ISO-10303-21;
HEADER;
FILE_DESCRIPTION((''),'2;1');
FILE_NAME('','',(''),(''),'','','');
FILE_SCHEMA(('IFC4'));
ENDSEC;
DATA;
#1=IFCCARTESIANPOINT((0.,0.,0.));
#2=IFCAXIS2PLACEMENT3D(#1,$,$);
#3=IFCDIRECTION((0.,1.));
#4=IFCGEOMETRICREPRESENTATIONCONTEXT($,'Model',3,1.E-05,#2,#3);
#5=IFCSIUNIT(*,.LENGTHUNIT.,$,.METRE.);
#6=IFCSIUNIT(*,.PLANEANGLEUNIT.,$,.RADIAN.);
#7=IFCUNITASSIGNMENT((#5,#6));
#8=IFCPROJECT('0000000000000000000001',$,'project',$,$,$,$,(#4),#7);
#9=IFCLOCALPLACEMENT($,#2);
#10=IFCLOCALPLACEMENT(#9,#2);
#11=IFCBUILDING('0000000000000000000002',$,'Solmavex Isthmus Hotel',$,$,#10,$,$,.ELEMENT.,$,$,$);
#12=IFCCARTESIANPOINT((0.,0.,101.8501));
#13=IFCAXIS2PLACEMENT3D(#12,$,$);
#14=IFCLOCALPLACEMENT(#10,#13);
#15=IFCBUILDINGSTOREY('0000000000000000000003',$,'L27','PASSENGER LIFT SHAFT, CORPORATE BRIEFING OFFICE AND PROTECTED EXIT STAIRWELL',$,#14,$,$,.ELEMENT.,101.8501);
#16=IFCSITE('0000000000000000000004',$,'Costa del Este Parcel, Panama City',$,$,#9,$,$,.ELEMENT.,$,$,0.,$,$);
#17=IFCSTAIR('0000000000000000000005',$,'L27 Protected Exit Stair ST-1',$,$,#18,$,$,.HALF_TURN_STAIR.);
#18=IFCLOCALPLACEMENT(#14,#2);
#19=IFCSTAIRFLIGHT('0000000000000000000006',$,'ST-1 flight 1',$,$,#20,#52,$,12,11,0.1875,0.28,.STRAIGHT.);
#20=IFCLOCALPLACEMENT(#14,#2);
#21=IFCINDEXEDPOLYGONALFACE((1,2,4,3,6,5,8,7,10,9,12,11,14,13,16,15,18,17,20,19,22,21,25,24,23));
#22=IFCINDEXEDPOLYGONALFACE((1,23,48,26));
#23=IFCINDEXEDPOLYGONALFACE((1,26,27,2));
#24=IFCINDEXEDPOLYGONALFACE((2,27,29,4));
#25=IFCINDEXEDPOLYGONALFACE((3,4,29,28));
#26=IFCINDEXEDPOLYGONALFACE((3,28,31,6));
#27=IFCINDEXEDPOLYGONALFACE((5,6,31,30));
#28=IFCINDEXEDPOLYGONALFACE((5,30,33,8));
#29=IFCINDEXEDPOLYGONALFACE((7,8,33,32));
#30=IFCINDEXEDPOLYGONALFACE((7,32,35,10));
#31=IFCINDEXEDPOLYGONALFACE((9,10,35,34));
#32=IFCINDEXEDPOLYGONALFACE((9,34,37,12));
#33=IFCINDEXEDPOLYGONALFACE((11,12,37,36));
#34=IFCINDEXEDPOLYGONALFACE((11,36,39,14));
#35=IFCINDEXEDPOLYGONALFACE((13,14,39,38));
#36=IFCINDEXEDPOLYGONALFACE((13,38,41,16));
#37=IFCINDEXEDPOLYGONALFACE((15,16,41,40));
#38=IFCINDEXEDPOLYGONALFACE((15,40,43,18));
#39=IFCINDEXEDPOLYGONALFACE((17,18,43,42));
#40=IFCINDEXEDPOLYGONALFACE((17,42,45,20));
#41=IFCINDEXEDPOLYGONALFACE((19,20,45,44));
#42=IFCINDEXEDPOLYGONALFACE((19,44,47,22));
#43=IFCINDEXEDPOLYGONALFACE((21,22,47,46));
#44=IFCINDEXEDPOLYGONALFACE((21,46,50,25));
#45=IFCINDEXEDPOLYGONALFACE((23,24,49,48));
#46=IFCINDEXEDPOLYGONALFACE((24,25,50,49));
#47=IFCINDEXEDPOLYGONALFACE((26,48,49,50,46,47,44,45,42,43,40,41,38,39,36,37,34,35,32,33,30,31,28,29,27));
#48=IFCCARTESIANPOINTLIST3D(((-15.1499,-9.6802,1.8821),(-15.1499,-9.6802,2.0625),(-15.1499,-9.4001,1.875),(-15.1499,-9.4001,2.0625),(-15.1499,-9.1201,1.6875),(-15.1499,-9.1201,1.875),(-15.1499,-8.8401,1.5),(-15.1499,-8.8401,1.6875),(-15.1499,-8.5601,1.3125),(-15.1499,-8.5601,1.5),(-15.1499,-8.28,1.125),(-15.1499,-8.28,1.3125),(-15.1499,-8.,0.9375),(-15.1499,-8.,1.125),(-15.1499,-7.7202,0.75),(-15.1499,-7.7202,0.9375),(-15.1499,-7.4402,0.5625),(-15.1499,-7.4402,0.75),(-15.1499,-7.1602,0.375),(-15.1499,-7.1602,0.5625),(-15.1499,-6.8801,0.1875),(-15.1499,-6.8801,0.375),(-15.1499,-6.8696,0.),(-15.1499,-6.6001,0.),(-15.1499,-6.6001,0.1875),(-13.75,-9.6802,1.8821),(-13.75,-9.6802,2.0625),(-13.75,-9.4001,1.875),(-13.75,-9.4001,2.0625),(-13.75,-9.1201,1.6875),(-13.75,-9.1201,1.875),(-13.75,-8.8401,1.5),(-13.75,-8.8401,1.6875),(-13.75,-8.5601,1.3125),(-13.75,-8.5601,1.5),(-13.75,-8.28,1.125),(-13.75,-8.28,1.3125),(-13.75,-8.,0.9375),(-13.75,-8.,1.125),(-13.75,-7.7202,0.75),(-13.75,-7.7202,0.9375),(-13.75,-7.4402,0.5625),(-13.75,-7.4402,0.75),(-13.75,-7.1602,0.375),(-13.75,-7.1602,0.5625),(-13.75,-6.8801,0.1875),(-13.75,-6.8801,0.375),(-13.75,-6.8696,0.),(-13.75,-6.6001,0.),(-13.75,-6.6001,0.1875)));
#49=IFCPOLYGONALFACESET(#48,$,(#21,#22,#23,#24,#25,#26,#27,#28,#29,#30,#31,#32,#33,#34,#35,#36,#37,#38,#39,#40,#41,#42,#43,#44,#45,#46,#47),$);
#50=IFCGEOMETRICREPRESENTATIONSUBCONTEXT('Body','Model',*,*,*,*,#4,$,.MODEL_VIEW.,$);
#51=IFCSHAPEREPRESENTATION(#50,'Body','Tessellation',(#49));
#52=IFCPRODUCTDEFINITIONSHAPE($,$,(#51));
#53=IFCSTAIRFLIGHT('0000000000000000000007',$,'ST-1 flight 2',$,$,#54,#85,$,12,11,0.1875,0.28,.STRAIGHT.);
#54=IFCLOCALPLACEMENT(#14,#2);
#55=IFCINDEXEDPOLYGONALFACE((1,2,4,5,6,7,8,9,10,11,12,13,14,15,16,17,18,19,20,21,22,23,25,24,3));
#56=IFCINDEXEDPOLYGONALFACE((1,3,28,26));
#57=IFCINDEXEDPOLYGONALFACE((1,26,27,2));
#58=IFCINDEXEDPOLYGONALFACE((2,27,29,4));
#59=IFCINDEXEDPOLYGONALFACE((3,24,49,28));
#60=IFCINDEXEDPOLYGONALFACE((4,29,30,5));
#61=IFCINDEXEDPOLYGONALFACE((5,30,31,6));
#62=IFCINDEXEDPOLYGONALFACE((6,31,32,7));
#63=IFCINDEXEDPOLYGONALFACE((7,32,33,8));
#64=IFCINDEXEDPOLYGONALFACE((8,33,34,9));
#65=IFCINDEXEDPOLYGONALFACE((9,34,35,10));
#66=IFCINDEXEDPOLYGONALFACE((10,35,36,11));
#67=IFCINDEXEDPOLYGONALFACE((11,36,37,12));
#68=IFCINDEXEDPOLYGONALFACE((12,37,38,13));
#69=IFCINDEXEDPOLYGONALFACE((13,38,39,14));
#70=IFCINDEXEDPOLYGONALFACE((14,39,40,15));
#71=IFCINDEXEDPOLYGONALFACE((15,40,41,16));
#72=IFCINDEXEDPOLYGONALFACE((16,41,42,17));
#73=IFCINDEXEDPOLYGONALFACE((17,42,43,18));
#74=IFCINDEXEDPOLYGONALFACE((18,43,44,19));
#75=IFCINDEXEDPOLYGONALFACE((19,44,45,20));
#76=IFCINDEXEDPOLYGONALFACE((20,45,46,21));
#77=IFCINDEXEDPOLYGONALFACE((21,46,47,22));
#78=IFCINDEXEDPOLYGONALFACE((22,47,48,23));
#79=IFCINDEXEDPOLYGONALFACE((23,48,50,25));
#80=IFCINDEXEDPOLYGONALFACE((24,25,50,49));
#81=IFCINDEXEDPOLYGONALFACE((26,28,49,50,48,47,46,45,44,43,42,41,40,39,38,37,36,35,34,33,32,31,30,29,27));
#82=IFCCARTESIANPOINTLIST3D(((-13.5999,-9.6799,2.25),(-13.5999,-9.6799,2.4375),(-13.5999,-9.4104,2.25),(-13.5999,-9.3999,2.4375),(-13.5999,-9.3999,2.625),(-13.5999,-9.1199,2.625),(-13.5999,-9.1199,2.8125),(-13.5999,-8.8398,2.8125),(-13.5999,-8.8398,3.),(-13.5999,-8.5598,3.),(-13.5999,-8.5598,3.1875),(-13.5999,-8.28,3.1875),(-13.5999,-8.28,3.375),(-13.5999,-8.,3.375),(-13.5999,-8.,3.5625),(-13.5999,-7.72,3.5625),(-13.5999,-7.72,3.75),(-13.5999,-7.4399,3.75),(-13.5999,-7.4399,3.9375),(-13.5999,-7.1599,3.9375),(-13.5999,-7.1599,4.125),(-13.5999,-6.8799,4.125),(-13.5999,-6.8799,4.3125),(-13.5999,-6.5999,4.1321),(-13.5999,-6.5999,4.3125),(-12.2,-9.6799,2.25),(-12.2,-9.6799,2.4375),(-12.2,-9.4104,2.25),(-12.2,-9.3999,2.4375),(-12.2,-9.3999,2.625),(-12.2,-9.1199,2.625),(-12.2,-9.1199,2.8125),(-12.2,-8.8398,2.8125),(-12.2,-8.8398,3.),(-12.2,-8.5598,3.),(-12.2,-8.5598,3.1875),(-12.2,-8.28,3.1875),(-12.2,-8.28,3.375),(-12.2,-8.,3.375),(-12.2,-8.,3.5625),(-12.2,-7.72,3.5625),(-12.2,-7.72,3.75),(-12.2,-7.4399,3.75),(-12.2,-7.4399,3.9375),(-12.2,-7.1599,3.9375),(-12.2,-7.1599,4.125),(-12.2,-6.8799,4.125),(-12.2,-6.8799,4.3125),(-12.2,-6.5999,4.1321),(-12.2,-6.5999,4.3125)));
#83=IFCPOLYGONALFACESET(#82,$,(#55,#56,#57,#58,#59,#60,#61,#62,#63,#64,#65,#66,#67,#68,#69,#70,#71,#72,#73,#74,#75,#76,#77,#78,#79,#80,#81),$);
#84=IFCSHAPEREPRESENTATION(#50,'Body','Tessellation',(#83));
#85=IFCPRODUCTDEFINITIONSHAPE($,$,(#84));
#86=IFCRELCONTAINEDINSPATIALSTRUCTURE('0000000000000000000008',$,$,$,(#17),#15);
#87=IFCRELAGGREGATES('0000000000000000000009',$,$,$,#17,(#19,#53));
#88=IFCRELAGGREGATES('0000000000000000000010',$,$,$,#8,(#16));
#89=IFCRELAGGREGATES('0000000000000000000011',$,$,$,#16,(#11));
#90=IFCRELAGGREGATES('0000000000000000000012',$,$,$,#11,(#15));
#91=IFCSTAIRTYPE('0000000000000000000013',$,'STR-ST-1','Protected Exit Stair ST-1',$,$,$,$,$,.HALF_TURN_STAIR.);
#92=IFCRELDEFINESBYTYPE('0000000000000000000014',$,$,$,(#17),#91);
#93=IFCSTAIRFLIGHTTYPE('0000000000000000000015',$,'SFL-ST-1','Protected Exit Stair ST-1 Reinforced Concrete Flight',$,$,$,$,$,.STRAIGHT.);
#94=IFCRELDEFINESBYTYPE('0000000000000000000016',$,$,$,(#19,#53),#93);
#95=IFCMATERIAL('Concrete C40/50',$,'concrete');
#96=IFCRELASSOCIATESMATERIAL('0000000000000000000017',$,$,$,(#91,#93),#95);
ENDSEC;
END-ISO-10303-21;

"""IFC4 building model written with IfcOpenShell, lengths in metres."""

from ifc_helpers import new_model, si_unit, direction, frame, origin, place, context, subcontext, project, spatial, polyline, outline, extrude, material, type_object, element, aggregate, save


model = new_model("IFC4")

# Units and contexts
model_context = context("Model", 3, precision=1e-05, world=origin(), true_north=direction((0.0, 1.0)))
body_context = subcontext(model_context, "Body", "Model", "MODEL_VIEW")
ifc_project = project(units=[si_unit("LENGTHUNIT", "METRE"), si_unit("PLANEANGLEUNIT", "RADIAN")], contexts=[model_context])

# Site, building, storey
site_placement = place(None, origin())
site = spatial("IfcSite", under=ifc_project, at=site_placement, Name="Costa del Este Parcel, Panama City", CompositionType="ELEMENT", RefElevation=0.0)
building_placement = place(site_placement, origin())
building = spatial("IfcBuilding", under=site, at=building_placement, Name="Solmavex Isthmus Hotel", CompositionType="ELEMENT")
storey_placement = place(building_placement, frame((0.0, 0.0, 101.8501)))
storey = spatial("IfcBuildingStorey", under=building, at=storey_placement, Name="L27", Description="PASSENGER LIFT SHAFT, CORPORATE BRIEFING OFFICE AND PROTECTED EXIT STAIRWELL", CompositionType="ELEMENT", Elevation=101.8501)

# Shared definitions
ifc_material_1 = material(Name="Concrete C40/50", Category="concrete")

# Stair, stair flights
stair_type = type_object("IfcStairType", Name="STR-ST-1", Description="Protected Exit Stair ST-1", PredefinedType="HALF_TURN_STAIR", material=ifc_material_1)
stair_placement = place(storey_placement, origin())
stair = element("IfcStair", 1, at=stair_placement, inside=storey, type_object=stair_type, Name="L27 Protected Exit Stair ST-1", PredefinedType="HALF_TURN_STAIR")
stair_flight_type = type_object("IfcStairFlightType", Name="SFL-ST-1", Description="Protected Exit Stair ST-1 Reinforced Concrete Flight", PredefinedType="STRAIGHT", material=ifc_material_1)
stair_flight_1_placement = place(storey_placement, frame((-14.45, -6.6001, 0.0), z_axis=(0.0, 0.0, 1.0), x_axis=(0.0, -1.0, 0.0)))
stair_flight_1 = element("IfcStairFlight", 2, at=stair_flight_1_placement, type_object=stair_flight_type, Name="ST-1 flight 1", NumberOfRisers=12, NumberOfTreads=11, PredefinedType="STRAIGHT", RiserHeight=0.1875, TreadLength=0.28, context=body_context, shape_type="SweptSolid", body=[
    extrude(outline(polyline([(0.0, 0.0), (0.0, 0.1875), (0.28, 0.1875), (0.28, 0.375), (0.5601, 0.375), (0.5601, 0.5625), (0.8401, 0.5625), (0.8401, 0.75), (1.1201, 0.75), (1.1201, 0.9375), (1.3999, 0.9375), (1.3999, 1.125), (1.6799, 1.125), (1.6799, 1.3125), (1.96, 1.3125), (1.96, 1.5), (2.24, 1.5), (2.24, 1.6875), (2.52, 1.6875), (2.52, 1.875), (2.8, 1.875), (2.8, 2.0625), (3.0801, 2.0625), (3.0801, 2.25), (3.0801, 1.8821), (0.2695, 0.0), (0.0, 0.0)])), frame((0.0, 0.7, 0.0), z_axis=(0.0, -1.0, 0.0), x_axis=(1.0, 0.0, 0.0)), (0.0, 0.0, 1.0), 1.3999),
])
stair_flight_2_placement = place(storey_placement, frame((-12.8999, -9.6799, 2.25), z_axis=(0.0, 0.0, 1.0), x_axis=(0.0, 1.0, 0.0)))
stair_flight_2 = element("IfcStairFlight", 3, at=stair_flight_2_placement, type_object=stair_flight_type, Name="ST-1 flight 2", NumberOfRisers=12, NumberOfTreads=11, PredefinedType="STRAIGHT", RiserHeight=0.1875, TreadLength=0.28, context=body_context, shape_type="SweptSolid", body=[
    extrude(outline(polyline([(0.0, 0.0), (0.0, 0.1875), (0.28, 0.1875), (0.28, 0.375), (0.5601, 0.375), (0.5601, 0.5625), (0.8401, 0.5625), (0.8401, 0.75), (1.1201, 0.75), (1.1201, 0.9375), (1.3999, 0.9375), (1.3999, 1.125), (1.6799, 1.125), (1.6799, 1.3125), (1.96, 1.3125), (1.96, 1.5), (2.24, 1.5), (2.24, 1.6875), (2.52, 1.6875), (2.52, 1.875), (2.8, 1.875), (2.8, 2.0625), (3.0801, 2.0625), (3.0801, 2.25), (3.0801, 1.8821), (0.2695, 0.0), (0.0, 0.0)])), frame((0.0, 0.7, 0.0), z_axis=(0.0, -1.0, 0.0), x_axis=(1.0, 0.0, 0.0)), (0.0, 0.0, 1.0), 1.3999),
])
aggregate(stair, [stair_flight_1, stair_flight_2])

save(model, "model.ifc")
